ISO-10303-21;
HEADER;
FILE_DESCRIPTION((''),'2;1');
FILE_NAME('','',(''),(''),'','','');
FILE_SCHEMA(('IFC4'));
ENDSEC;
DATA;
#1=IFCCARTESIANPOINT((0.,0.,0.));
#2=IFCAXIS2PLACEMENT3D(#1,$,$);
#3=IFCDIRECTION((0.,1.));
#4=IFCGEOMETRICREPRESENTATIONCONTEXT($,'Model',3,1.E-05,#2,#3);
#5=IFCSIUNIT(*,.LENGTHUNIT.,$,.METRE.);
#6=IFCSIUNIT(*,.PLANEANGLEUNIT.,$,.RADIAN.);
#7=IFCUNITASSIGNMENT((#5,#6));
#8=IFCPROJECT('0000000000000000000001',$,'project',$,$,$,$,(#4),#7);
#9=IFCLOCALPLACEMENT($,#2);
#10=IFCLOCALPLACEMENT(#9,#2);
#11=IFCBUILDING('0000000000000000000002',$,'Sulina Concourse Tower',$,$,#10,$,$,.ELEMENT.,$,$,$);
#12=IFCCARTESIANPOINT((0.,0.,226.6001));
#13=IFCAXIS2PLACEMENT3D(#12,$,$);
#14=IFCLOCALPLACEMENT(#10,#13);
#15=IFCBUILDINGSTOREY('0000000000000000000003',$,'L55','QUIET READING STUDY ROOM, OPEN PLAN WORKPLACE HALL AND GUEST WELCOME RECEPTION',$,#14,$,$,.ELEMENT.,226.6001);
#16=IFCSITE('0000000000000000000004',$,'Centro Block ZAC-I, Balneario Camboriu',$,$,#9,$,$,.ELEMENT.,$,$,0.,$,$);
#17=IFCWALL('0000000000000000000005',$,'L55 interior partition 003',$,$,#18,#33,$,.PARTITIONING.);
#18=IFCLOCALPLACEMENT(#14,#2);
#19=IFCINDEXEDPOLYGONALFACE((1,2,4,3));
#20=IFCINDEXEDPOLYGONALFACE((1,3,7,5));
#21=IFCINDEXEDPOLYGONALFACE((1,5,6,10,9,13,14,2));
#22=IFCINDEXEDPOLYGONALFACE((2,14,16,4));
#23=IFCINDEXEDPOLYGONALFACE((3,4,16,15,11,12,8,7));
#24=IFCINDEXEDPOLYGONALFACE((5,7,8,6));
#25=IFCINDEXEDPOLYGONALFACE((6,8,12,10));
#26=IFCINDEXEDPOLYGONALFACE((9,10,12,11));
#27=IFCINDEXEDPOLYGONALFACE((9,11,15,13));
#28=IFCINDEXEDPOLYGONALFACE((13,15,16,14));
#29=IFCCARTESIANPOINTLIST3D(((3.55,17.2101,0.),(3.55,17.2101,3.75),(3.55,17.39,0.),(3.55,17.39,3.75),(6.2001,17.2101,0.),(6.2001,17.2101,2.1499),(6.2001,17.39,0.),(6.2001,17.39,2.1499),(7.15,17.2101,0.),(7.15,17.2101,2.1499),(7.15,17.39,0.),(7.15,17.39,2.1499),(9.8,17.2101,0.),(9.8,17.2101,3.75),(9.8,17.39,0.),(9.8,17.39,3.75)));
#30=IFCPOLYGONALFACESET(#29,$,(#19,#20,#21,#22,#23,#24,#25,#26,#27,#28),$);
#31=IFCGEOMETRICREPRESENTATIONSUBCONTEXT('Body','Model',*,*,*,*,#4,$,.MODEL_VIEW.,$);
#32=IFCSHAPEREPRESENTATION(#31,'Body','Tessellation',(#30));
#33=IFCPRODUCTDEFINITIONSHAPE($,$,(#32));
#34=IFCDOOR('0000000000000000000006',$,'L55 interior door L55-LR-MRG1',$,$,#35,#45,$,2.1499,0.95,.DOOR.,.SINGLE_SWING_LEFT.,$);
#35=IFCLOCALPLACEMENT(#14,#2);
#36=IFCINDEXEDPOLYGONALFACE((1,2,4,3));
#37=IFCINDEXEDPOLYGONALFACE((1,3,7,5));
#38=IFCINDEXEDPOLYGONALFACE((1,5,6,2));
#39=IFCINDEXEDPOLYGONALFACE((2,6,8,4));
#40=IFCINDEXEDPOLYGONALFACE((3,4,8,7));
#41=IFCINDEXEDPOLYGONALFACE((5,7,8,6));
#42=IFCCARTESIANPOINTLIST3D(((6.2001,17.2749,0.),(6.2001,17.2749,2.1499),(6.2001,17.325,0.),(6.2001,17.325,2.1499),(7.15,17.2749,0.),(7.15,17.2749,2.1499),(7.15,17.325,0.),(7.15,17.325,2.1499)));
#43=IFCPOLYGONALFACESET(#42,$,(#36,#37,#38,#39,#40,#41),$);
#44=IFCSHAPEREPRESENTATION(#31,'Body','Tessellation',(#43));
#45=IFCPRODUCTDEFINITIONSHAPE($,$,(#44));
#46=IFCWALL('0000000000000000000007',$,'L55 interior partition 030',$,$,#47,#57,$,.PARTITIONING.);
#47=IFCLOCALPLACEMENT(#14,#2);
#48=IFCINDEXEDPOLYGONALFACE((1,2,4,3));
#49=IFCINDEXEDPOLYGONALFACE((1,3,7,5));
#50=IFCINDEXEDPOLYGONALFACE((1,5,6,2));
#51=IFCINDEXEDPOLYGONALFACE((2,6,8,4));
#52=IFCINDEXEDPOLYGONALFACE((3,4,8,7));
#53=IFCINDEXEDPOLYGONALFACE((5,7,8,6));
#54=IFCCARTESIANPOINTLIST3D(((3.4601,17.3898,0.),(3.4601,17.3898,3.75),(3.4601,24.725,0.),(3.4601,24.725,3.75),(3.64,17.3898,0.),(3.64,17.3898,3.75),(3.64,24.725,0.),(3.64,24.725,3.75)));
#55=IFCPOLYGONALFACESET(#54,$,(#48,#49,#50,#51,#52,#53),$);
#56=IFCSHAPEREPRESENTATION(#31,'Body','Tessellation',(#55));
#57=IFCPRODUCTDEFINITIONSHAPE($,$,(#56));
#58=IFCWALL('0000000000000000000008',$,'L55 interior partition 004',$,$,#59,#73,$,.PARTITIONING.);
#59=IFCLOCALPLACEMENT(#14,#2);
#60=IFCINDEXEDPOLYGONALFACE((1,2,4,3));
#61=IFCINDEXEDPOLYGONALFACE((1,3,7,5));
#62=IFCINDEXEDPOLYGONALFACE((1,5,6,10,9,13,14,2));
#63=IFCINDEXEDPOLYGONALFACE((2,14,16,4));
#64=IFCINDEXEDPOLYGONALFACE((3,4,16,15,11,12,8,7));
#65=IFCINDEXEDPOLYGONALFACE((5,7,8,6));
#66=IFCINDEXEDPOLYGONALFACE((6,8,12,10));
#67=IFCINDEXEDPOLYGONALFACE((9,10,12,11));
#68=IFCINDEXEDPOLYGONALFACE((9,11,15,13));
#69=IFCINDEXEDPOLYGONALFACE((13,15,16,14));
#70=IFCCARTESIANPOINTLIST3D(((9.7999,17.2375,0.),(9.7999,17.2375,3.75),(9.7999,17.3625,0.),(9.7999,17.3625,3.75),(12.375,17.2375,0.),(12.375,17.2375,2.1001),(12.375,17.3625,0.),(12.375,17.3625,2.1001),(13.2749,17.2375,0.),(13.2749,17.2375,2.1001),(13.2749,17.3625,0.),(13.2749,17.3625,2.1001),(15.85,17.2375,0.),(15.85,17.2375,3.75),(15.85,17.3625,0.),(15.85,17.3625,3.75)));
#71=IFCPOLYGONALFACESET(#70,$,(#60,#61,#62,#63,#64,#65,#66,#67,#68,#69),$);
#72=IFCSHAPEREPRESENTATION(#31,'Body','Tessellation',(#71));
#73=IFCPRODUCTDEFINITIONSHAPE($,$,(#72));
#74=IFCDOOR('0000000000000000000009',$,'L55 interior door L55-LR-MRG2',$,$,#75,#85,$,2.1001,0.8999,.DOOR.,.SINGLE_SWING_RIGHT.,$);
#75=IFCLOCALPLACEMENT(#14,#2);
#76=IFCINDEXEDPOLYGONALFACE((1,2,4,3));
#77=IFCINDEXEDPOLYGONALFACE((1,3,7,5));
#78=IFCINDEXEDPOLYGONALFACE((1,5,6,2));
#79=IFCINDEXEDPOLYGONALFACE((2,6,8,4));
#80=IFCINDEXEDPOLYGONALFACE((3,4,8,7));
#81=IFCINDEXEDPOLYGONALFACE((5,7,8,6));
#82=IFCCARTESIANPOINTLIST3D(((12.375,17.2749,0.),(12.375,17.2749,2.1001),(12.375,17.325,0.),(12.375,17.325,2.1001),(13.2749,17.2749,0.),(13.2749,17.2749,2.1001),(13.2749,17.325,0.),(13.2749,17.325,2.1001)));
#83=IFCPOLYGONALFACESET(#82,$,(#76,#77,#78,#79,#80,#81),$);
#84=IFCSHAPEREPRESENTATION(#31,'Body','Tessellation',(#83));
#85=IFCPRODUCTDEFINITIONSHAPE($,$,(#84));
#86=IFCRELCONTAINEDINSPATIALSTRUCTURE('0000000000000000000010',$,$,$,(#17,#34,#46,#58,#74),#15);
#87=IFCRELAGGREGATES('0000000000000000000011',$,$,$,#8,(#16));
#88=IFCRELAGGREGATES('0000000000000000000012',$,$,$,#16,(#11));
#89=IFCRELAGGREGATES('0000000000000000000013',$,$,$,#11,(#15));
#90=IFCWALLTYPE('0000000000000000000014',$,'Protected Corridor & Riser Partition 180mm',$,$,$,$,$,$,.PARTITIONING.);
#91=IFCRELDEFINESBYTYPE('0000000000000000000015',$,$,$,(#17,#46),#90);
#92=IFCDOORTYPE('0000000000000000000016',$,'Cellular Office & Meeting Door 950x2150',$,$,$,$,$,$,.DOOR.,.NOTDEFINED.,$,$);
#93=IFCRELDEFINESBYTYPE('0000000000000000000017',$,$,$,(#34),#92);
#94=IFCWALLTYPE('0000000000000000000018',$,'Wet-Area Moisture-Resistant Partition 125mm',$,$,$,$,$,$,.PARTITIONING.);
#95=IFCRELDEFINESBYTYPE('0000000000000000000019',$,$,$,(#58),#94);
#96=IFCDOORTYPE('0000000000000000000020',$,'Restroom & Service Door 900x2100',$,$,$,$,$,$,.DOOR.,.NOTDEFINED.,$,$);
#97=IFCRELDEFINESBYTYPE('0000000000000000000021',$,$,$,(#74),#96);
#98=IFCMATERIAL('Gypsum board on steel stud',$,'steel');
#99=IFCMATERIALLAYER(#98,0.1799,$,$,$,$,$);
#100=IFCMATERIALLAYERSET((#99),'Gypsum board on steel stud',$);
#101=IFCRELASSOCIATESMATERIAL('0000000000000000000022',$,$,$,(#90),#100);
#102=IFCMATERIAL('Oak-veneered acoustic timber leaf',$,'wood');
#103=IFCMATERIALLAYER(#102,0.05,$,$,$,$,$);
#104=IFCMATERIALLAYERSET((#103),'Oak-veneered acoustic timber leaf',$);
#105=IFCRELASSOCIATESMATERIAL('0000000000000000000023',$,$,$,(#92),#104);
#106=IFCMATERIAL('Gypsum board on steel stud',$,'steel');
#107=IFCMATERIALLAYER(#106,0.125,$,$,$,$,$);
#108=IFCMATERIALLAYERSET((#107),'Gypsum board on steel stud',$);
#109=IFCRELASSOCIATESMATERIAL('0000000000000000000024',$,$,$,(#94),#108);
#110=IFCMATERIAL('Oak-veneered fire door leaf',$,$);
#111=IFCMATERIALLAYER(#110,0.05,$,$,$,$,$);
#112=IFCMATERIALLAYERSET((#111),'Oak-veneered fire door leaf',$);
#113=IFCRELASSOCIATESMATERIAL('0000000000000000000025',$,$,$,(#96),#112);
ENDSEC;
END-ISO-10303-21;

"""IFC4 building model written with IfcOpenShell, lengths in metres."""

from ifc_helpers import new_model, si_unit, direction, frame, frame_2d, origin, place, context, subcontext, project, spatial, rectangle, extrude, material, layer, layer_set, type_object, element, fill, save


model = new_model("IFC4")

# Units and contexts
model_context = context("Model", 3, precision=1e-05, world=origin(), true_north=direction((0.0, 1.0)))
body_context = subcontext(model_context, "Body", "Model", "MODEL_VIEW")
ifc_project = project(units=[si_unit("LENGTHUNIT", "METRE"), si_unit("PLANEANGLEUNIT", "RADIAN")], contexts=[model_context])

# Site, building, storey
site_placement = place(None, origin())
site = spatial("IfcSite", under=ifc_project, at=site_placement, Name="Centro Block ZAC-I, Balneario Camboriu", CompositionType="ELEMENT", RefElevation=0.0)
building_placement = place(site_placement, origin())
building = spatial("IfcBuilding", under=site, at=building_placement, Name="Sulina Concourse Tower", CompositionType="ELEMENT")
storey_placement = place(building_placement, frame((0.0, 0.0, 226.6001)))
storey = spatial("IfcBuildingStorey", under=building, at=storey_placement, Name="L55", Description="QUIET READING STUDY ROOM, OPEN PLAN WORKPLACE HALL AND GUEST WELCOME RECEPTION", CompositionType="ELEMENT", Elevation=226.6001)

# Wall, opening, door
ifc_material_1 = material(Name="Gypsum board on steel stud", Category="steel")
ifc_layer_1 = layer(ifc_material_1, 0.1799)
ifc_layer_set_1 = layer_set([ifc_layer_1], Name="Gypsum board on steel stud")
wall_type_1 = type_object("IfcWallType", Name="Protected Corridor & Riser Partition 180mm", PredefinedType="PARTITIONING", material=ifc_layer_set_1)
ifc_material_2 = material(Name="Oak-veneered acoustic timber leaf", Category="wood")
ifc_layer_2 = layer(ifc_material_2, 0.05)
ifc_layer_set_2 = layer_set([ifc_layer_2], Name="Oak-veneered acoustic timber leaf")
door_type_1 = type_object("IfcDoorType", Name="Cellular Office & Meeting Door 950x2150", OperationType="NOTDEFINED", PredefinedType="DOOR", material=ifc_layer_set_2)
wall_1_placement = place(storey_placement, frame((3.55, 17.3, 0.0), z_axis=(0.0, 0.0, 1.0), x_axis=(1.0, 0.0, 0.0)))
wall_1 = element("IfcWall", 1, at=wall_1_placement, inside=storey, type_object=wall_type_1, Name="L55 interior partition 003", PredefinedType="PARTITIONING", context=body_context, shape_type="SweptSolid", body=[
    extrude(rectangle(XDim=6.25, YDim=0.1799, at=frame_2d((3.125, 0.0))), origin(), (0.0, 0.0, 1.0), 3.75),
])
opening_1_placement = place(wall_1_placement, frame((2.6499, 0.0, 0.0)))
opening_1 = element("IfcOpeningElement", 2, at=opening_1_placement, cuts=wall_1, PredefinedType="OPENING", context=body_context, shape_type="SweptSolid", body=[
    extrude(rectangle(XDim=0.95, YDim=2.1499, at=frame_2d((0.4751, 1.075))), frame((0.0, 0.0999, 0.0), z_axis=(0.0, -1.0, 0.0), x_axis=(1.0, 0.0, 0.0)), (0.0, 0.0, 1.0), 0.2),
])
door_1_placement = place(opening_1_placement, origin())
door_1 = element("IfcDoor", 3, at=door_1_placement, inside=storey, type_object=door_type_1, Name="L55 interior door L55-LR-MRG1", OperationType="SINGLE_SWING_LEFT", OverallHeight=2.1499, OverallWidth=0.95, PredefinedType="DOOR", context=body_context, shape_type="SweptSolid", body=[
    extrude(rectangle(XDim=0.95, YDim=2.1499, at=frame_2d((0.4751, 1.075))), frame((0.0, 0.0249, 0.0), z_axis=(0.0, -1.0, 0.0), x_axis=(1.0, 0.0, 0.0)), (0.0, 0.0, 1.0), 0.05),
])
fill(opening_1, door_1)

# Wall
wall_2_placement = place(storey_placement, frame((3.55, 17.3899, 0.0), z_axis=(0.0, 0.0, 1.0), x_axis=(0.0, 1.0, 0.0)))
element("IfcWall", 4, at=wall_2_placement, inside=storey, type_object=wall_type_1, Name="L55 interior partition 030", PredefinedType="PARTITIONING", context=body_context, shape_type="SweptSolid", body=[
    extrude(rectangle(XDim=7.3352, YDim=0.1799, at=frame_2d((3.6675, 0.0))), origin(), (0.0, 0.0, 1.0), 3.75),
])

# Wall, opening, door
ifc_material_3 = material(Name="Gypsum board on steel stud", Category="steel")
ifc_layer_3 = layer(ifc_material_3, 0.125)
ifc_layer_set_3 = layer_set([ifc_layer_3], Name="Gypsum board on steel stud")
wall_type_2 = type_object("IfcWallType", Name="Wet-Area Moisture-Resistant Partition 125mm", PredefinedType="PARTITIONING", material=ifc_layer_set_3)
wall_3_placement = place(storey_placement, frame((9.8, 17.3, 0.0), z_axis=(0.0, 0.0, 1.0), x_axis=(1.0, 0.0, 0.0)))
wall_3 = element("IfcWall", 5, at=wall_3_placement, inside=storey, type_object=wall_type_2, Name="L55 interior partition 004", PredefinedType="PARTITIONING", context=body_context, shape_type="SweptSolid", body=[
    extrude(rectangle(XDim=6.05, YDim=0.125, at=frame_2d((3.0249, 0.0))), origin(), (0.0, 0.0, 1.0), 3.75),
])
opening_2_placement = place(wall_3_placement, frame((2.575, 0.0, 0.0)))
opening_2 = element("IfcOpeningElement", 6, at=opening_2_placement, cuts=wall_3, PredefinedType="OPENING", context=body_context, shape_type="SweptSolid", body=[
    extrude(rectangle(XDim=0.8999, YDim=2.1001, at=frame_2d((0.45, 1.05))), frame((0.0, 0.0725, 0.0), z_axis=(0.0, -1.0, 0.0), x_axis=(1.0, 0.0, 0.0)), (0.0, 0.0, 1.0), 0.145),
])
ifc_material_4 = material(Name="Oak-veneered fire door leaf")
ifc_layer_4 = layer(ifc_material_4, 0.05)
ifc_layer_set_4 = layer_set([ifc_layer_4], Name="Oak-veneered fire door leaf")
door_type_2 = type_object("IfcDoorType", Name="Restroom & Service Door 900x2100", OperationType="NOTDEFINED", PredefinedType="DOOR", material=ifc_layer_set_4)
door_2_placement = place(opening_2_placement, origin())
door_2 = element("IfcDoor", 7, at=door_2_placement, inside=storey, type_object=door_type_2, Name="L55 interior door L55-LR-MRG2", OperationType="SINGLE_SWING_RIGHT", OverallHeight=2.1001, OverallWidth=0.8999, PredefinedType="DOOR", context=body_context, shape_type="SweptSolid", body=[
    extrude(rectangle(XDim=0.8999, YDim=2.1001, at=frame_2d((0.45, 1.05))), frame((0.0, 0.0249, 0.0), z_axis=(0.0, -1.0, 0.0), x_axis=(1.0, 0.0, 0.0)), (0.0, 0.0, 1.0), 0.05),
])
fill(opening_2, door_2)

save(model, "model.ifc")
